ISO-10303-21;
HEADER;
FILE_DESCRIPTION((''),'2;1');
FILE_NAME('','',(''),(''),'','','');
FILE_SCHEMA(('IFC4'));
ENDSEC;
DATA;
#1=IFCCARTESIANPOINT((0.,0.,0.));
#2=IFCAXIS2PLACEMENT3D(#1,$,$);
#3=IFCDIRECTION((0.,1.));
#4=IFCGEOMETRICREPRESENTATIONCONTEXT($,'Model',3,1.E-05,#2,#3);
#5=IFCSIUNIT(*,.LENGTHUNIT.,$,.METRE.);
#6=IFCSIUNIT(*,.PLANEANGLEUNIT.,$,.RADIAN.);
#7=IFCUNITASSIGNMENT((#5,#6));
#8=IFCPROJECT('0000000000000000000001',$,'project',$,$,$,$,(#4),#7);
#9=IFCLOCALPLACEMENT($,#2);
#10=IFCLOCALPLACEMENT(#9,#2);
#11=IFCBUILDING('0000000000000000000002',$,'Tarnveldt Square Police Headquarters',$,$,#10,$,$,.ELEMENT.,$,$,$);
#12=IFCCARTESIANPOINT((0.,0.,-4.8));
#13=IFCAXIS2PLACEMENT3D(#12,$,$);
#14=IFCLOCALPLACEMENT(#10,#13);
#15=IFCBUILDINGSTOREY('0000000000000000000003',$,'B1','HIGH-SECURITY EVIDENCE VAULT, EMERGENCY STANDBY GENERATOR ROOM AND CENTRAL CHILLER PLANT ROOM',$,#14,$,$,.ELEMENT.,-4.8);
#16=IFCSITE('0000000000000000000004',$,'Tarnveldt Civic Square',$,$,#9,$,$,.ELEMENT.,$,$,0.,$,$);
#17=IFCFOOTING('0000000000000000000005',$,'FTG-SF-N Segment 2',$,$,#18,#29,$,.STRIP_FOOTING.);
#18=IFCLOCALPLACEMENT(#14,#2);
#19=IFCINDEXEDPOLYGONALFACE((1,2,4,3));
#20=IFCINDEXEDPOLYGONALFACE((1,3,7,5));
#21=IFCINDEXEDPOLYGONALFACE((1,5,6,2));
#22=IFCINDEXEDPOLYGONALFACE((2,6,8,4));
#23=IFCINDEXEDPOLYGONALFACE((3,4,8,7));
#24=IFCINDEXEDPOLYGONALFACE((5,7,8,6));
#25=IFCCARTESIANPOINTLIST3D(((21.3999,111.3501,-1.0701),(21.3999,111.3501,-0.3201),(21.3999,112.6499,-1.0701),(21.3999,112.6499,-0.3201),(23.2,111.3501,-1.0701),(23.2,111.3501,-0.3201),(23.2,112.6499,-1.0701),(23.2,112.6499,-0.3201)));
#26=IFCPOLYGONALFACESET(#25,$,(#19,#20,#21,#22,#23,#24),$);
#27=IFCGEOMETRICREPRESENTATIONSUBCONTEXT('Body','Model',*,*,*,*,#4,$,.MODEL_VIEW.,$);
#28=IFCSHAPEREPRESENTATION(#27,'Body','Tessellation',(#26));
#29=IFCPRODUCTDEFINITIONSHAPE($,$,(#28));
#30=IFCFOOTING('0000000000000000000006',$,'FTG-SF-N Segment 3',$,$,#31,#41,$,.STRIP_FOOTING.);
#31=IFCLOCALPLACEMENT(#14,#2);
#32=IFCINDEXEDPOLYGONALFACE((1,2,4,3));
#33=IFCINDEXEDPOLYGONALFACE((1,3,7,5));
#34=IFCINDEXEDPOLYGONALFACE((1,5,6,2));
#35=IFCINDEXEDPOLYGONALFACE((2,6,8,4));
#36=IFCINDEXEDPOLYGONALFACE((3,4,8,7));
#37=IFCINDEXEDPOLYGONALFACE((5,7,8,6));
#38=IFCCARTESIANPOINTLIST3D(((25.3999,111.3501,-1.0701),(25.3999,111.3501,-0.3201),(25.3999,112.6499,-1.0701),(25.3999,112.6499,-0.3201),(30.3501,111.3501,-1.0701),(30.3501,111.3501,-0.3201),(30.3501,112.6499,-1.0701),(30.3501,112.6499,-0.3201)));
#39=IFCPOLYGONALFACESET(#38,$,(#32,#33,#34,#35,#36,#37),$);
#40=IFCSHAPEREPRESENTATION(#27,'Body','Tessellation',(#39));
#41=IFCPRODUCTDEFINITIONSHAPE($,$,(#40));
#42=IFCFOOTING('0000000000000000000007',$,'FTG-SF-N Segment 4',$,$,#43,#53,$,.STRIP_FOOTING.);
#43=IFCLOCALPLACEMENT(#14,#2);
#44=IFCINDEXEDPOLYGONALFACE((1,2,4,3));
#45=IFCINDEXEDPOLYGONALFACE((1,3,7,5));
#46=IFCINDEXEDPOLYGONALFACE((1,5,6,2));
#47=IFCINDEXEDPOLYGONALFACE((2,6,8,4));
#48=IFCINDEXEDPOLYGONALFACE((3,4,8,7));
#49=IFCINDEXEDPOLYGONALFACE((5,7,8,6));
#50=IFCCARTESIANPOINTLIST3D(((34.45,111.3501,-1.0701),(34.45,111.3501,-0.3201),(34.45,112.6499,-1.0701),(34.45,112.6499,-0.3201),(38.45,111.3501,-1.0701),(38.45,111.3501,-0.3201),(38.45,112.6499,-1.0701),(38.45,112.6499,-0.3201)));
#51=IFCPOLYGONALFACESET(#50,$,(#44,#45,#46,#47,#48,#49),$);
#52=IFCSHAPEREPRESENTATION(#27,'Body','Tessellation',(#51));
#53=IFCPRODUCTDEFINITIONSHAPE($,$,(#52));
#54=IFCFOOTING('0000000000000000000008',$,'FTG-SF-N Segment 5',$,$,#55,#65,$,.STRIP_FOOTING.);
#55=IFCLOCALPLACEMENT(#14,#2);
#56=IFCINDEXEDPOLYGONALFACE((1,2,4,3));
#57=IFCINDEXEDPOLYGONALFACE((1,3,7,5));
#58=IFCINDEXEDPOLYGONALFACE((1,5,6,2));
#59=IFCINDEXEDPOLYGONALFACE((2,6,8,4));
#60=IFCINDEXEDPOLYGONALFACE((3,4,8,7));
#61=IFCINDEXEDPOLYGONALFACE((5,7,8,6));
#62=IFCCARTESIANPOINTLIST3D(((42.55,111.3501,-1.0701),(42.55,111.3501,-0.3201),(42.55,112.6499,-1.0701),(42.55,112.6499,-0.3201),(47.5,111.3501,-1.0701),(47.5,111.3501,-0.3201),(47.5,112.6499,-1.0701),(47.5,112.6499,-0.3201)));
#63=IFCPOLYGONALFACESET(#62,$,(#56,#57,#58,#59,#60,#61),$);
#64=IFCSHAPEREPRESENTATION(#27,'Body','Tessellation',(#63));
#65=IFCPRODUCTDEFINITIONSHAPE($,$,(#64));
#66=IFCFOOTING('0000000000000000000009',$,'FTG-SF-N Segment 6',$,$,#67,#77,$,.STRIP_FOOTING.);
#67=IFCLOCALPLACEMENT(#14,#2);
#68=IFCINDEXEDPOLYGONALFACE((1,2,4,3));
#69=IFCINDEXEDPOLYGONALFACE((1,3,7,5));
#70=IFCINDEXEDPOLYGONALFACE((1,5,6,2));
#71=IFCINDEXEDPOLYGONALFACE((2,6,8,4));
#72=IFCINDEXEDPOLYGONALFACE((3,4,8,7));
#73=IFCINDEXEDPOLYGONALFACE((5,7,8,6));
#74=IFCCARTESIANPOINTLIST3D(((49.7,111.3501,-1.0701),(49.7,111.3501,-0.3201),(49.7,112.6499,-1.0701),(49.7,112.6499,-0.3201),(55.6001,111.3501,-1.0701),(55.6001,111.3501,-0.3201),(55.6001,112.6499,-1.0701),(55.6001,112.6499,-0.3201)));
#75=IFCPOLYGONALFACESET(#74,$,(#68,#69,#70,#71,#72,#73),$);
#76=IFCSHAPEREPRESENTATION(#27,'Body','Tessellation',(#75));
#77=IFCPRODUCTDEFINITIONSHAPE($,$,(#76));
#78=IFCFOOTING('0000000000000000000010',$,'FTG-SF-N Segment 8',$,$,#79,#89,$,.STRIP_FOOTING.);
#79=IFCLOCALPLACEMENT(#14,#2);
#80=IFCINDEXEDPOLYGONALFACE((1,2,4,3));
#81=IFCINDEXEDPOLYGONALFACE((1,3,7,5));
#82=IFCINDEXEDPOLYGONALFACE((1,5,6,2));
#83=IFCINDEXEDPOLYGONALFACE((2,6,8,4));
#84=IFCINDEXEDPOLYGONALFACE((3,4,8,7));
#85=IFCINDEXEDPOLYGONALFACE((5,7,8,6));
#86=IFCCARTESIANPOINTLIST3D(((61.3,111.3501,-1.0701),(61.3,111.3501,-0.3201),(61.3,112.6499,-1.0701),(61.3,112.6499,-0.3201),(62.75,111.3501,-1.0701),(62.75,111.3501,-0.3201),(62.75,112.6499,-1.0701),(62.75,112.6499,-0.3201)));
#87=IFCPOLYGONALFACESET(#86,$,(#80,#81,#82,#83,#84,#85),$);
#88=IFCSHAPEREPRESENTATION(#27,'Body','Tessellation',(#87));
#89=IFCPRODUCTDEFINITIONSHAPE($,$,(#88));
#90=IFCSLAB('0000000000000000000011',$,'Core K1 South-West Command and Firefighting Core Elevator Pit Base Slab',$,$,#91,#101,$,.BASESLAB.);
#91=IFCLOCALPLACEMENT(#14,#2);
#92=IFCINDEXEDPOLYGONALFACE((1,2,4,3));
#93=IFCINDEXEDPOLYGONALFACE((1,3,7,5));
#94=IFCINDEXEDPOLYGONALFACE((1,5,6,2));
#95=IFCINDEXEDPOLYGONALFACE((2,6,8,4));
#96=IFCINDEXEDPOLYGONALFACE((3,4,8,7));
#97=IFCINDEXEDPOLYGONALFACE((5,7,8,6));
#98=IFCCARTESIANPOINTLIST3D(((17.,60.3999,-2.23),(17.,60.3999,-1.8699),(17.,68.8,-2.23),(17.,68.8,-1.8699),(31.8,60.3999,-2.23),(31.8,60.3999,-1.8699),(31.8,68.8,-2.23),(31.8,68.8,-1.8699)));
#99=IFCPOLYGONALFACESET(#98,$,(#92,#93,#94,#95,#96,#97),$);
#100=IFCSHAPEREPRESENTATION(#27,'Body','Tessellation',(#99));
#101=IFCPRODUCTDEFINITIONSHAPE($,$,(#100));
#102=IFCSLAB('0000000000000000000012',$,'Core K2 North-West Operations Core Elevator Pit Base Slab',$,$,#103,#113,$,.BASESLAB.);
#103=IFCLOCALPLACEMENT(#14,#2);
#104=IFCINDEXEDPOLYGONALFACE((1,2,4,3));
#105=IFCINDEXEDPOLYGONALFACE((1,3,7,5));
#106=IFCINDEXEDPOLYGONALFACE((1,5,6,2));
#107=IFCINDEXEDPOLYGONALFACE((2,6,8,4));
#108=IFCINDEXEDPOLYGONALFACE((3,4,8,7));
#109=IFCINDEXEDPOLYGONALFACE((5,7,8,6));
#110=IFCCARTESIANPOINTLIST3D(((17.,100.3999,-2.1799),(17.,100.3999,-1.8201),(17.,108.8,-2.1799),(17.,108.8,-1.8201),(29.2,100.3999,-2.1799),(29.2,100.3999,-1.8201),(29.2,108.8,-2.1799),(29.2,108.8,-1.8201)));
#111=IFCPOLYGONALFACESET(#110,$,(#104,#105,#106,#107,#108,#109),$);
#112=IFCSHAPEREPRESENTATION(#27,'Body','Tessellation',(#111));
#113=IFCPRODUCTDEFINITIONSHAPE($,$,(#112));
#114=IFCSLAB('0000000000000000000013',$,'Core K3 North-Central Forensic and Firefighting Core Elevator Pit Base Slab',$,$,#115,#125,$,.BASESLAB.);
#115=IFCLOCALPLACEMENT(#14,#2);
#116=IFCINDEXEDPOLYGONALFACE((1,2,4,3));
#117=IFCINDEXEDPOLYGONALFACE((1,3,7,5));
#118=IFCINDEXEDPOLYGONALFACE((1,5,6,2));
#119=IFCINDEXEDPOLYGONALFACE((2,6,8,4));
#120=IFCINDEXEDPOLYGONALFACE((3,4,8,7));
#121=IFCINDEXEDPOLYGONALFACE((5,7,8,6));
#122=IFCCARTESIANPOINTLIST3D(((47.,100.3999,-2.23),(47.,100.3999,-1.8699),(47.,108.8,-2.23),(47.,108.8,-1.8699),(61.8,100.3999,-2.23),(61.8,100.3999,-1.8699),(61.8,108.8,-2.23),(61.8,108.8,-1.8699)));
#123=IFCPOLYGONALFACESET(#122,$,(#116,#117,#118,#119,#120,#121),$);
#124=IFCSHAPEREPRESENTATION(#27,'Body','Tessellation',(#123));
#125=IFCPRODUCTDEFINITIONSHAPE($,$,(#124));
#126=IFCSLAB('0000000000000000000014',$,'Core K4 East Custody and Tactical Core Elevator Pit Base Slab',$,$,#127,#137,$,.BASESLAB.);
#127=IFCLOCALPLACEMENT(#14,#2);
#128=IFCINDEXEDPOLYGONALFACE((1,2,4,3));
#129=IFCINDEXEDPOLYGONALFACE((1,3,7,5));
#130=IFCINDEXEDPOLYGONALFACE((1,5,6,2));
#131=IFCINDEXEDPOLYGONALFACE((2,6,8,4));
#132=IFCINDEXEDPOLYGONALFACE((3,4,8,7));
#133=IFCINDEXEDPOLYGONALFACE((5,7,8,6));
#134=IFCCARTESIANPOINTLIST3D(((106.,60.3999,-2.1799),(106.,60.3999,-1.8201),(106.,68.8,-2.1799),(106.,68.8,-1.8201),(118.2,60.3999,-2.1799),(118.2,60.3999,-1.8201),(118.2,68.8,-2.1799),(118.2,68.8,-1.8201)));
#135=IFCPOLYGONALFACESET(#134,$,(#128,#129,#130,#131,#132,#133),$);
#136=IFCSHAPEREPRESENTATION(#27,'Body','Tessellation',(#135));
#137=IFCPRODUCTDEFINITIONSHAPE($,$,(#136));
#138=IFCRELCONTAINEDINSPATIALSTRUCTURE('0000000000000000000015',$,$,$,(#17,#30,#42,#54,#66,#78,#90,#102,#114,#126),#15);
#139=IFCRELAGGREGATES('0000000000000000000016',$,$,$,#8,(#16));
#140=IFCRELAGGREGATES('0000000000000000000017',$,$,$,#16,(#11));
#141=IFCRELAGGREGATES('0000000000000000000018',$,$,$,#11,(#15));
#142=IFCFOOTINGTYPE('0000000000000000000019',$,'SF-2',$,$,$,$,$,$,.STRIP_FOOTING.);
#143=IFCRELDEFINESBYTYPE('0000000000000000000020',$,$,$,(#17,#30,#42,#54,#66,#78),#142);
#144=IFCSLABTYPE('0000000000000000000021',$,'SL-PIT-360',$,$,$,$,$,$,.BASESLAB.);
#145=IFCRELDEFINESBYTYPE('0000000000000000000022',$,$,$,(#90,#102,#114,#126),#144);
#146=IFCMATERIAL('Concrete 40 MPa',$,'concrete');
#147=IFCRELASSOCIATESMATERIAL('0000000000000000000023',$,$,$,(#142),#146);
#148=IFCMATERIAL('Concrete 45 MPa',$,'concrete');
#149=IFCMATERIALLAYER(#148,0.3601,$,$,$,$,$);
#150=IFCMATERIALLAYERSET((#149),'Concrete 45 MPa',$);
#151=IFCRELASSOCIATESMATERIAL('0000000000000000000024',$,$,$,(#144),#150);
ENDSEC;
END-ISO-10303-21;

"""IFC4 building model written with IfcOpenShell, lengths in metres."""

from ifc_helpers import new_model, si_unit, direction, frame, origin, place, context, subcontext, project, spatial, polyline, outline, extrude, material, layer, layer_set, type_object, element, save


model = new_model("IFC4")

# Units and contexts
model_context = context("Model", 3, precision=1e-05, world=origin(), true_north=direction((0.0, 1.0)))
body_context = subcontext(model_context, "Body", "Model", "MODEL_VIEW")
ifc_project = project(units=[si_unit("LENGTHUNIT", "METRE"), si_unit("PLANEANGLEUNIT", "RADIAN")], contexts=[model_context])

# Site, building, storey
site_placement = place(None, origin())
site = spatial("IfcSite", under=ifc_project, at=site_placement, Name="Tarnveldt Civic Square", CompositionType="ELEMENT", RefElevation=0.0)
building_placement = place(site_placement, origin())
building = spatial("IfcBuilding", under=site, at=building_placement, Name="Tarnveldt Square Police Headquarters", CompositionType="ELEMENT")
storey_placement = place(building_placement, frame((0.0, 0.0, -4.8)))
storey = spatial("IfcBuildingStorey", under=building, at=storey_placement, Name="B1", Description="HIGH-SECURITY EVIDENCE VAULT, EMERGENCY STANDBY GENERATOR ROOM AND CENTRAL CHILLER PLANT ROOM", CompositionType="ELEMENT", Elevation=-4.8)

# Footings
ifc_material_1 = material(Name="Concrete 40 MPa", Category="concrete")
footing_type_1 = type_object("IfcFootingType", Name="SF-2", PredefinedType="STRIP_FOOTING", material=ifc_material_1)
footing_1_placement = place(storey_placement, frame((0.0, 0.0, -1.0701)))
element("IfcFooting", 1, at=footing_1_placement, inside=storey, type_object=footing_type_1, Name="FTG-SF-N Segment 2", PredefinedType="STRIP_FOOTING", context=body_context, shape_type="SweptSolid", body=[
    extrude(outline(polyline([(21.3999, 111.3501), (23.2, 111.3501), (23.2, 112.6499), (21.3999, 112.6499), (21.3999, 111.3501)])), origin(), (0.0, 0.0, 1.0), 0.75),
])
footing_2_placement = place(storey_placement, frame((0.0, 0.0, -1.0701)))
element("IfcFooting", 2, at=footing_2_placement, inside=storey, type_object=footing_type_1, Name="FTG-SF-N Segment 3", PredefinedType="STRIP_FOOTING", context=body_context, shape_type="SweptSolid", body=[
    extrude(outline(polyline([(25.3999, 111.3501), (30.3501, 111.3501), (30.3501, 112.6499), (25.3999, 112.6499), (25.3999, 111.3501)])), origin(), (0.0, 0.0, 1.0), 0.75),
])
footing_3_placement = place(storey_placement, frame((0.0, 0.0, -1.0701)))
element("IfcFooting", 3, at=footing_3_placement, inside=storey, type_object=footing_type_1, Name="FTG-SF-N Segment 4", PredefinedType="STRIP_FOOTING", context=body_context, shape_type="SweptSolid", body=[
    extrude(outline(polyline([(34.45, 111.3501), (38.45, 111.3501), (38.45, 112.6499), (34.45, 112.6499), (34.45, 111.3501)])), origin(), (0.0, 0.0, 1.0), 0.75),
])
footing_4_placement = place(storey_placement, frame((0.0, 0.0, -1.0701)))
element("IfcFooting", 4, at=footing_4_placement, inside=storey, type_object=footing_type_1, Name="FTG-SF-N Segment 5", PredefinedType="STRIP_FOOTING", context=body_context, shape_type="SweptSolid", body=[
    extrude(outline(polyline([(42.55, 111.3501), (47.5, 111.3501), (47.5, 112.6499), (42.55, 112.6499), (42.55, 111.3501)])), origin(), (0.0, 0.0, 1.0), 0.75),
])
footing_5_placement = place(storey_placement, frame((0.0, 0.0, -1.0701)))
element("IfcFooting", 5, at=footing_5_placement, inside=storey, type_object=footing_type_1, Name="FTG-SF-N Segment 6", PredefinedType="STRIP_FOOTING", context=body_context, shape_type="SweptSolid", body=[
    extrude(outline(polyline([(49.7, 111.3501), (55.6001, 111.3501), (55.6001, 112.6499), (49.7, 112.6499), (49.7, 111.3501)])), origin(), (0.0, 0.0, 1.0), 0.75),
])
footing_6_placement = place(storey_placement, frame((0.0, 0.0, -1.0701)))
element("IfcFooting", 6, at=footing_6_placement, inside=storey, type_object=footing_type_1, Name="FTG-SF-N Segment 8", PredefinedType="STRIP_FOOTING", context=body_context, shape_type="SweptSolid", body=[
    extrude(outline(polyline([(61.3, 111.3501), (62.75, 111.3501), (62.75, 112.6499), (61.3, 112.6499), (61.3, 111.3501)])), origin(), (0.0, 0.0, 1.0), 0.75),
])

# Slabs
ifc_material_2 = material(Name="Concrete 45 MPa", Category="concrete")
ifc_layer = layer(ifc_material_2, 0.3601)
ifc_layer_set = layer_set([ifc_layer], Name="Concrete 45 MPa")
slab_type = type_object("IfcSlabType", Name="SL-PIT-360", PredefinedType="BASESLAB", material=ifc_layer_set)
slab_1_placement = place(storey_placement, frame((0.0, 0.0, -2.23)))
element("IfcSlab", 7, at=slab_1_placement, inside=storey, type_object=slab_type, Name="Core K1 South-West Command and Firefighting Core Elevator Pit Base Slab", PredefinedType="BASESLAB", context=body_context, shape_type="SweptSolid", body=[
    extrude(outline(polyline([(17.0, 60.3999), (31.8, 60.3999), (31.8, 68.8), (17.0, 68.8), (17.0, 60.3999)])), origin(), (0.0, 0.0, 1.0), 0.3601),
])
slab_2_placement = place(storey_placement, frame((0.0, 0.0, -2.1799)))
element("IfcSlab", 8, at=slab_2_placement, inside=storey, type_object=slab_type, Name="Core K2 North-West Operations Core Elevator Pit Base Slab", PredefinedType="BASESLAB", context=body_context, shape_type="SweptSolid", body=[
    extrude(outline(polyline([(17.0, 100.3999), (29.2, 100.3999), (29.2, 108.8), (17.0, 108.8), (17.0, 100.3999)])), origin(), (0.0, 0.0, 1.0), 0.3599),
])
slab_3_placement = place(storey_placement, frame((0.0, 0.0, -2.23)))
element("IfcSlab", 9, at=slab_3_placement, inside=storey, type_object=slab_type, Name="Core K3 North-Central Forensic and Firefighting Core Elevator Pit Base Slab", PredefinedType="BASESLAB", context=body_context, shape_type="SweptSolid", body=[
    extrude(outline(polyline([(47.0, 100.3999), (61.8, 100.3999), (61.8, 108.8), (47.0, 108.8), (47.0, 100.3999)])), origin(), (0.0, 0.0, 1.0), 0.3601),
])
slab_4_placement = place(storey_placement, frame((0.0, 0.0, -2.1799)))
element("IfcSlab", 10, at=slab_4_placement, inside=storey, type_object=slab_type, Name="Core K4 East Custody and Tactical Core Elevator Pit Base Slab", PredefinedType="BASESLAB", context=body_context, shape_type="SweptSolid", body=[
    extrude(outline(polyline([(106.0, 60.3999), (118.2, 60.3999), (118.2, 68.8), (106.0, 68.8), (106.0, 60.3999)])), origin(), (0.0, 0.0, 1.0), 0.3599),
])

save(model, "model.ifc")
